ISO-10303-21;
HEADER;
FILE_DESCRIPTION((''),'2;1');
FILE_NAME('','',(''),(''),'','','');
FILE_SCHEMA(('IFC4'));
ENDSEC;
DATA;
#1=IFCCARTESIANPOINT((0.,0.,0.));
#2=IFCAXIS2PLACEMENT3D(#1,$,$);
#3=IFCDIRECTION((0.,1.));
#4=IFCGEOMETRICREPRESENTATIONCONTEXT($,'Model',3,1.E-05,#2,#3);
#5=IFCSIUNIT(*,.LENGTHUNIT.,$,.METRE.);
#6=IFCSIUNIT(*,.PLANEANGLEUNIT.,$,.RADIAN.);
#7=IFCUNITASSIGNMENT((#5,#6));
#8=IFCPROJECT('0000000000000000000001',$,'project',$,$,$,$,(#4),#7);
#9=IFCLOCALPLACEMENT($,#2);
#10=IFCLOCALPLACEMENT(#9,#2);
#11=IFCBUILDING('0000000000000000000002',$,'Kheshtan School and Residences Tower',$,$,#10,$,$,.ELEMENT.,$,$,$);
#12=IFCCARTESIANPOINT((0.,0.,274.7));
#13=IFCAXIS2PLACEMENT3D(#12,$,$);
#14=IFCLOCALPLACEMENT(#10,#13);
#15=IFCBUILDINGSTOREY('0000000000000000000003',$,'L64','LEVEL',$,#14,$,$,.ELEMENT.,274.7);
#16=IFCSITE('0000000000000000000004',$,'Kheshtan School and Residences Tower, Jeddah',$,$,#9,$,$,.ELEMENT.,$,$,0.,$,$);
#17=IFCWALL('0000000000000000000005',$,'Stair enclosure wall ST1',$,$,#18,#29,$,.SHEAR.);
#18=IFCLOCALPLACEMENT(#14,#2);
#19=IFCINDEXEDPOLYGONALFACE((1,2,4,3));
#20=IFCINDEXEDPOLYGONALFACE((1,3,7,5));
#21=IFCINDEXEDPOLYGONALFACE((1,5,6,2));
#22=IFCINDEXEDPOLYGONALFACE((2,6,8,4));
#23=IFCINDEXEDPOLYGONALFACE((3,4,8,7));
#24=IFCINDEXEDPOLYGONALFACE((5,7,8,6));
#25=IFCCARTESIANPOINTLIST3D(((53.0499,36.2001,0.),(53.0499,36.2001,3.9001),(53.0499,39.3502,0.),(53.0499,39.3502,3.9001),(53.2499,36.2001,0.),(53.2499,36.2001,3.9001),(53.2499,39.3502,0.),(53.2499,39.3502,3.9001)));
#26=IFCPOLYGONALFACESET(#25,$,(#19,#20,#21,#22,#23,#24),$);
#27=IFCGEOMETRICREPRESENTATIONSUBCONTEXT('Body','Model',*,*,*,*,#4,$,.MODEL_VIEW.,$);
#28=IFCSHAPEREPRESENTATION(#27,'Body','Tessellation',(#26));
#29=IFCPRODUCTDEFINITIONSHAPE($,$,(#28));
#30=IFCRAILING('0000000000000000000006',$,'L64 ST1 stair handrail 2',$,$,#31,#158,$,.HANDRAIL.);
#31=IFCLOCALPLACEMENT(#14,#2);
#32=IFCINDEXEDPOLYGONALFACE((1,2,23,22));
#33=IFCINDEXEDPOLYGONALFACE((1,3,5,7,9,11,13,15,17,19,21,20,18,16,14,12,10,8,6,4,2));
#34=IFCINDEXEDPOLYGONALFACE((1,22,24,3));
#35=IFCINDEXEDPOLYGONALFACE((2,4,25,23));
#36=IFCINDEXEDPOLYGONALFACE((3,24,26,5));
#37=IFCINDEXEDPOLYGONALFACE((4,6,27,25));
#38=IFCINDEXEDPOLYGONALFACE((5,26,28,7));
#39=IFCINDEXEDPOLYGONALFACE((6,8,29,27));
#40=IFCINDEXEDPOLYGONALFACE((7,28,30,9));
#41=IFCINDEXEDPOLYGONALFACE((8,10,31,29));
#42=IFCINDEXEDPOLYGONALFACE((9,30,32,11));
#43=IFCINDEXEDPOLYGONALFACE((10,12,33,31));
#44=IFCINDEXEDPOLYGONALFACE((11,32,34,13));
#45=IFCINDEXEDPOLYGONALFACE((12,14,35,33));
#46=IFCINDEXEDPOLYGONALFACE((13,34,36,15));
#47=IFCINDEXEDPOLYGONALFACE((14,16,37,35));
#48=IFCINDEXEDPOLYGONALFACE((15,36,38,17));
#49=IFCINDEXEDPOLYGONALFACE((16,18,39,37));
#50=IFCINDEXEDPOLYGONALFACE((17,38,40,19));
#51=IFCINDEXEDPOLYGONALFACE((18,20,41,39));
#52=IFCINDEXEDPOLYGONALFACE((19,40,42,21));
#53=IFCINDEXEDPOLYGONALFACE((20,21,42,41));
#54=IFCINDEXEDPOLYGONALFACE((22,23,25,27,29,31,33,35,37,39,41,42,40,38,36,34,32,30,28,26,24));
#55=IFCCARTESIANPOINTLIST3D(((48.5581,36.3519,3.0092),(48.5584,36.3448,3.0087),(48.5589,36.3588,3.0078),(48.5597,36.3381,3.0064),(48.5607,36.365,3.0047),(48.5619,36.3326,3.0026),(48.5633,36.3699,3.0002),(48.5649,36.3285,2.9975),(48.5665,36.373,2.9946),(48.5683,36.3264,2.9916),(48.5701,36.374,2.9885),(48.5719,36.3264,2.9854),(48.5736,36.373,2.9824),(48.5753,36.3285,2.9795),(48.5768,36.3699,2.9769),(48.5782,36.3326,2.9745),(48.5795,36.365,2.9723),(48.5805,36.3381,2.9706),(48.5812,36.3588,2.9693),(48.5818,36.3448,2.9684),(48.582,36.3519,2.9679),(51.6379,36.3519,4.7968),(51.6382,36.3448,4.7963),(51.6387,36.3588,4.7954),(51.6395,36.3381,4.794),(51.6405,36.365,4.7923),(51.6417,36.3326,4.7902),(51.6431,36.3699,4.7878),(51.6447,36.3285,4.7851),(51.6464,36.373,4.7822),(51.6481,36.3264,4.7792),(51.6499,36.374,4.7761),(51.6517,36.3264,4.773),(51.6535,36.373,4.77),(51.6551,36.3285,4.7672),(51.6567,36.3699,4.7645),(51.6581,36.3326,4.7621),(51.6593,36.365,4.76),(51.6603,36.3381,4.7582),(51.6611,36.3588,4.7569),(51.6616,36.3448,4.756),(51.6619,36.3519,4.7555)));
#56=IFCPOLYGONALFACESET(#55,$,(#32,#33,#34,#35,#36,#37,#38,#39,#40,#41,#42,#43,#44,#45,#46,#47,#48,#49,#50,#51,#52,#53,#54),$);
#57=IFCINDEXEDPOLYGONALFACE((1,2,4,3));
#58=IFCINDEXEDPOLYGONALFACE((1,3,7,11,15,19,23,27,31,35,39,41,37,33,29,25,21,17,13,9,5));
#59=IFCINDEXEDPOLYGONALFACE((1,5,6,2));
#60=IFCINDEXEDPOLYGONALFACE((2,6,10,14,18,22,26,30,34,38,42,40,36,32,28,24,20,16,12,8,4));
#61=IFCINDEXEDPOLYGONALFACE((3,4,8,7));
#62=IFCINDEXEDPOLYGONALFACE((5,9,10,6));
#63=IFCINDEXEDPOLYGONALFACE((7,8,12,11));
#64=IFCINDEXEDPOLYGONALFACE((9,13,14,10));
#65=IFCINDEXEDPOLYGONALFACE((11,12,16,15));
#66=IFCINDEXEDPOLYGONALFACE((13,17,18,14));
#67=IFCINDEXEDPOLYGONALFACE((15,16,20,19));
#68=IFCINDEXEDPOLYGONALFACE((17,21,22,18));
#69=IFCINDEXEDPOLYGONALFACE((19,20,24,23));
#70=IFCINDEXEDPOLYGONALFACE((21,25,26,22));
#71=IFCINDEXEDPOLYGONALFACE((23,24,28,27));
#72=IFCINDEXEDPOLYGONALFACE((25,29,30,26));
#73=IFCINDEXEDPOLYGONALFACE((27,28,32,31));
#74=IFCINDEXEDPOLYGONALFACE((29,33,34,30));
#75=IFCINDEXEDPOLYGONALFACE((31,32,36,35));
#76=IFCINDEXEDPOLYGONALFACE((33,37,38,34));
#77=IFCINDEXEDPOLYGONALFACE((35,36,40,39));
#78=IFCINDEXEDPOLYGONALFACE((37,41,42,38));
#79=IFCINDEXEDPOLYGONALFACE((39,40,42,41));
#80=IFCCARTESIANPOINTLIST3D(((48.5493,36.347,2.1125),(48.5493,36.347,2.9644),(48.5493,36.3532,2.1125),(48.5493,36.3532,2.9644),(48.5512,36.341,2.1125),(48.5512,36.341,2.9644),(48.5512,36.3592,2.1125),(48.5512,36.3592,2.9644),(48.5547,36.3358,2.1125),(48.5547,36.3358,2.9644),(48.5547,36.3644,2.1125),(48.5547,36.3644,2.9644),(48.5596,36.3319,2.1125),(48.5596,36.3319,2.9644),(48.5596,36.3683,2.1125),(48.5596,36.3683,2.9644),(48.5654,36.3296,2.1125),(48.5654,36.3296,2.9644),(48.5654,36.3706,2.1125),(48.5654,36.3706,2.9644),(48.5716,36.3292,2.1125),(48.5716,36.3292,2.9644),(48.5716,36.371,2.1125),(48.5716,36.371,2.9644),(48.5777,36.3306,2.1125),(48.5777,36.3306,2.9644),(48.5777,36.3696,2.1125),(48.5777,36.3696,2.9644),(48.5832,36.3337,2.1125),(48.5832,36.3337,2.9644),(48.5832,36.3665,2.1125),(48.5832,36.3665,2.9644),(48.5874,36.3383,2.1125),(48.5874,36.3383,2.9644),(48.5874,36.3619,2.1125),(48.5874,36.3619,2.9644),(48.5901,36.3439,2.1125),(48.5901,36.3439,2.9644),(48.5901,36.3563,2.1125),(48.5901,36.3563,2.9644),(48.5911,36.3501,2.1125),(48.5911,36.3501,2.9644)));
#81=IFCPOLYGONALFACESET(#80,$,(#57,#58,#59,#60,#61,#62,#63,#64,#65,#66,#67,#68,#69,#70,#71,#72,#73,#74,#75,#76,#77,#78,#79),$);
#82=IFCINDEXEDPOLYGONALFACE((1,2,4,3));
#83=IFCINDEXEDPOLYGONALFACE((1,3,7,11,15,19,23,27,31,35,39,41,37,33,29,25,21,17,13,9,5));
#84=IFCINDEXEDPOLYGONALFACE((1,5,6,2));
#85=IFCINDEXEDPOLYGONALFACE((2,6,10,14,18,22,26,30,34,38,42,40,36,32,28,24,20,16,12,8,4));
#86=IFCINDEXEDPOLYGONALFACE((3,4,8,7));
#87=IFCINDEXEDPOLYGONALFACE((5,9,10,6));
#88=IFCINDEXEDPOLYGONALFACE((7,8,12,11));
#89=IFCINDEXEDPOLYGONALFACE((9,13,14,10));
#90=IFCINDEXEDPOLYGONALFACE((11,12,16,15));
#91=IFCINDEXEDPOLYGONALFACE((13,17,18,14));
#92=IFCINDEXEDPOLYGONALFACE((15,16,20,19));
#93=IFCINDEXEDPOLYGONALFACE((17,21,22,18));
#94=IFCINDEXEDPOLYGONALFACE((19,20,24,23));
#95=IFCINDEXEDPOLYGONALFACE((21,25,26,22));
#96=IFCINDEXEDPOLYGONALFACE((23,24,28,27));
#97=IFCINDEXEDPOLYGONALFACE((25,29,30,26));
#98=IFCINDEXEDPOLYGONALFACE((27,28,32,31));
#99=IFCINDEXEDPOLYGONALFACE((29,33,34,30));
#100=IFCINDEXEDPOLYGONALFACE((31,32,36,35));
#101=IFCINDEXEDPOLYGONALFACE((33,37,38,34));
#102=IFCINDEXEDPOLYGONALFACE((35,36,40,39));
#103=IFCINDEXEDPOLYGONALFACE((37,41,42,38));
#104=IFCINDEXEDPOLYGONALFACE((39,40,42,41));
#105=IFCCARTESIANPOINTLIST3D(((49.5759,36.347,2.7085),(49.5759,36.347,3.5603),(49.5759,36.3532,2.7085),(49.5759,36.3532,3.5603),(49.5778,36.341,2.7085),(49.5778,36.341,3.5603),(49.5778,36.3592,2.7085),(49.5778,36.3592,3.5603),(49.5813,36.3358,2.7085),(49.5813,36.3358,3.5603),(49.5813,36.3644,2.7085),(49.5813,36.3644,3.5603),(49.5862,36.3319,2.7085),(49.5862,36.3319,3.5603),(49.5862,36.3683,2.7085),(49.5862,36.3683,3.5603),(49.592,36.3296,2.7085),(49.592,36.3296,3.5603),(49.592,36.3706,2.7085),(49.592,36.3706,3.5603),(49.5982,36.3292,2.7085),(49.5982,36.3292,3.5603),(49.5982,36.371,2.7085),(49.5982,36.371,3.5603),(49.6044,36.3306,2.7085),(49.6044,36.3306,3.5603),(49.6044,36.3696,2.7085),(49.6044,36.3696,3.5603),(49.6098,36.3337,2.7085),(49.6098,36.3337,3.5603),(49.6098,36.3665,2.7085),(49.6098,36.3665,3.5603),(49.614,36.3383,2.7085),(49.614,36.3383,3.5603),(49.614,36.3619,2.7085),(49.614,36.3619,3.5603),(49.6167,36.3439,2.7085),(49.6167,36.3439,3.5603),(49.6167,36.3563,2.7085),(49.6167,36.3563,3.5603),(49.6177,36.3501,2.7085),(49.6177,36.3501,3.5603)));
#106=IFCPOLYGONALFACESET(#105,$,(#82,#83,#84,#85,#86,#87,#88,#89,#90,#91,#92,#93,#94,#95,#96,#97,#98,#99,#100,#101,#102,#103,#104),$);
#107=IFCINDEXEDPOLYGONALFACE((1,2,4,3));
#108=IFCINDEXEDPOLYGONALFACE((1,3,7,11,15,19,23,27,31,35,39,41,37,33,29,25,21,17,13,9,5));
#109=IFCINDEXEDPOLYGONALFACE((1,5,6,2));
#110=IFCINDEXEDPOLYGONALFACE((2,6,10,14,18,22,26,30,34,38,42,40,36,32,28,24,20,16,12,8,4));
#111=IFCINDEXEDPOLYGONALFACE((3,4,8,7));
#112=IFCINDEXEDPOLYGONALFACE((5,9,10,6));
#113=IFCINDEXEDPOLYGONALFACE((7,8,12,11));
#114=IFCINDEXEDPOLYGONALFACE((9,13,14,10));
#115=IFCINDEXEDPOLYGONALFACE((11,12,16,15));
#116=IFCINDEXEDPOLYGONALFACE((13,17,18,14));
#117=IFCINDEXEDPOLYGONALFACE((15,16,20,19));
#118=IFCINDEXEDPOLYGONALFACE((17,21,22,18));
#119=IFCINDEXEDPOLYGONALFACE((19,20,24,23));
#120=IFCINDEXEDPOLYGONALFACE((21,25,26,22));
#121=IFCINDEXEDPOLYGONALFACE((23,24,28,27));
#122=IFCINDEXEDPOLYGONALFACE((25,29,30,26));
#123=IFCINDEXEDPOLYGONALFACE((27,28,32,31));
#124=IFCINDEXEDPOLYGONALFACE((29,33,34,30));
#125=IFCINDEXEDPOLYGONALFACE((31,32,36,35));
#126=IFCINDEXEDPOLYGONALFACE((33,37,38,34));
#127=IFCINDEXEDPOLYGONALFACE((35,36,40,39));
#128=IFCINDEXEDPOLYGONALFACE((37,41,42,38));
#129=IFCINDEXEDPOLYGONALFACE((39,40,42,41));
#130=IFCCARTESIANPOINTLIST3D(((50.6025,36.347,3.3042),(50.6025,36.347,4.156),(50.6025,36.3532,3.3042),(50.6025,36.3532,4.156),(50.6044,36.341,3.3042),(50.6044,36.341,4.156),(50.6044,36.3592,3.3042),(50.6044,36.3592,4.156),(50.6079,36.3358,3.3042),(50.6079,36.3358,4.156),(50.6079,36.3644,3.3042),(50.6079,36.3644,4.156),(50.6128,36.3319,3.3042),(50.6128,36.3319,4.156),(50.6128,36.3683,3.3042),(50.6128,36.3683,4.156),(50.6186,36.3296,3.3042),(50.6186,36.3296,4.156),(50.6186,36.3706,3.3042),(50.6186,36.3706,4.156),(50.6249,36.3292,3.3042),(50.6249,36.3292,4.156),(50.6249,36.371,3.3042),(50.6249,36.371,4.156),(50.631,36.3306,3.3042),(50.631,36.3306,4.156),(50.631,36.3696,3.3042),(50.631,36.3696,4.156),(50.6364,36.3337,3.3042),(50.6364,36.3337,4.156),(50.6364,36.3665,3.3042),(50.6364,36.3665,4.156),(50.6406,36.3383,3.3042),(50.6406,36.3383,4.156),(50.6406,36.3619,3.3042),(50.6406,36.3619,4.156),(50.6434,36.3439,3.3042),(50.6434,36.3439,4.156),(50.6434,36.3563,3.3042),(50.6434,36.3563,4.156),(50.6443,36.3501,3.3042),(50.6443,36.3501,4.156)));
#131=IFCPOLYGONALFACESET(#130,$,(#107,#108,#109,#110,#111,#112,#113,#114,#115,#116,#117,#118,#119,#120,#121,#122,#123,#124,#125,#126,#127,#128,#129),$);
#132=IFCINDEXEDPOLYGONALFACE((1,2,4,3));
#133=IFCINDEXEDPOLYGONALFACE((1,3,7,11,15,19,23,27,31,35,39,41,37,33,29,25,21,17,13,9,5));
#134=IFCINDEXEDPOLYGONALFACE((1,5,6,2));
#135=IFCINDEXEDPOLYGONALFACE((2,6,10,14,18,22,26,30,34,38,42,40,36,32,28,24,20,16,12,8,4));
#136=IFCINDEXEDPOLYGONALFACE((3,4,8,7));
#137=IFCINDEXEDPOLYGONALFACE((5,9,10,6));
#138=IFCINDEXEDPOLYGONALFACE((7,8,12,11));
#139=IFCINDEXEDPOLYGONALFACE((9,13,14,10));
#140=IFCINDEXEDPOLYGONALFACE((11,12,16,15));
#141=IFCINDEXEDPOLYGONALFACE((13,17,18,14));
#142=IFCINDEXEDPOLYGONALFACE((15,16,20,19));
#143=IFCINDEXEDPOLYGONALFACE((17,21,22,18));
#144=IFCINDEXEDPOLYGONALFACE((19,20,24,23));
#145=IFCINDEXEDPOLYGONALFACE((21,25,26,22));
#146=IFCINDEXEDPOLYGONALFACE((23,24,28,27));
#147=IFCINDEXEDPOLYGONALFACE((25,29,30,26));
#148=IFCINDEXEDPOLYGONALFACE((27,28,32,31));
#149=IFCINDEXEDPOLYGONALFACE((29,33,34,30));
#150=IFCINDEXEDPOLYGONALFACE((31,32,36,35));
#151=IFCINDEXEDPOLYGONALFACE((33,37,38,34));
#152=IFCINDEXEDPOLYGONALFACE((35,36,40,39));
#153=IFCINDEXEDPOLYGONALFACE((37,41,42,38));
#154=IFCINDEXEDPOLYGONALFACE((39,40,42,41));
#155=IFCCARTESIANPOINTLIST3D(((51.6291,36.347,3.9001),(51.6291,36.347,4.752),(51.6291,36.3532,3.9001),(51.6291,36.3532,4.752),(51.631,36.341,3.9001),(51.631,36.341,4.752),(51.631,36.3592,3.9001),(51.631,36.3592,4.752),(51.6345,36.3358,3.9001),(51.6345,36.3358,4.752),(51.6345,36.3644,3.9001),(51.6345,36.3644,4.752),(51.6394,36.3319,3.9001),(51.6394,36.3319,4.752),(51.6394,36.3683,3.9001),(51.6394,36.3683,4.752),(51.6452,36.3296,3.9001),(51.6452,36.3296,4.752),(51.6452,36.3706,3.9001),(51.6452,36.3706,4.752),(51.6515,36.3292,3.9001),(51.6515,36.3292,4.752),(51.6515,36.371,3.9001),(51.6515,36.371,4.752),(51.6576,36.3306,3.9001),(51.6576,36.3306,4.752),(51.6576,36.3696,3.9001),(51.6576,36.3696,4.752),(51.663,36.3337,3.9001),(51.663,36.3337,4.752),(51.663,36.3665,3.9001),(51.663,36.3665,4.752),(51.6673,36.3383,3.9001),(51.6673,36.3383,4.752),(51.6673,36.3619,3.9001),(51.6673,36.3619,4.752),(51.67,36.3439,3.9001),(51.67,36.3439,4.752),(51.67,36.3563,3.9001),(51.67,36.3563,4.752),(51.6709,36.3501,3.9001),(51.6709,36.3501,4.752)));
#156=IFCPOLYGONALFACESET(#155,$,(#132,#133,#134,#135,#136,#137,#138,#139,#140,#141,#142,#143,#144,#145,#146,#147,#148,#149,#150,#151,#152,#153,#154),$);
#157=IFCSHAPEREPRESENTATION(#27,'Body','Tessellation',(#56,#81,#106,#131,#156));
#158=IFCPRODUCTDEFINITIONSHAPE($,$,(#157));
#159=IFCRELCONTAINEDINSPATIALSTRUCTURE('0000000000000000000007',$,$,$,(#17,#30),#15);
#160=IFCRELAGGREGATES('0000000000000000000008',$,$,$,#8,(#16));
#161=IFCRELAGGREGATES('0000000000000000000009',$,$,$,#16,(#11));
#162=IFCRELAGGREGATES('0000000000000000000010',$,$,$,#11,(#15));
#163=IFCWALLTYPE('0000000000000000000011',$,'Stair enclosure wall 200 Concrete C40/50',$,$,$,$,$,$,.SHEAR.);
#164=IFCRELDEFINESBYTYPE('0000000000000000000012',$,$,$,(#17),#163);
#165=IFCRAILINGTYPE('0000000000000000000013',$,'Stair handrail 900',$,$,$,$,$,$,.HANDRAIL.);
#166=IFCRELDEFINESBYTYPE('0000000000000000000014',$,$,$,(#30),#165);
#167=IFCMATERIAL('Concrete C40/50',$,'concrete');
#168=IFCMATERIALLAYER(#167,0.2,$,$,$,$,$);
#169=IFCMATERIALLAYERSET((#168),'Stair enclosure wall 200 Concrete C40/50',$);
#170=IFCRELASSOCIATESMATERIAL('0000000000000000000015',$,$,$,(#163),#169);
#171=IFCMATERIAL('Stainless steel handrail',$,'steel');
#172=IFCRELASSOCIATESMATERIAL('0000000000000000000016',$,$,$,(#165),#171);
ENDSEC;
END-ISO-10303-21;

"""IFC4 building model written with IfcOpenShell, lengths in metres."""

from ifc_helpers import new_model, si_unit, direction, frame, frame_2d, origin, origin_2d, place, context, subcontext, project, spatial, rectangle, circle, extrude, material, layer, layer_set, type_object, element, save


model = new_model("IFC4")

# Units and contexts
model_context = context("Model", 3, precision=1e-05, world=origin(), true_north=direction((0.0, 1.0)))
body_context = subcontext(model_context, "Body", "Model", "MODEL_VIEW")
ifc_project = project(units=[si_unit("LENGTHUNIT", "METRE"), si_unit("PLANEANGLEUNIT", "RADIAN")], contexts=[model_context])

# Site, building, storey
site_placement = place(None, origin())
site = spatial("IfcSite", under=ifc_project, at=site_placement, Name="Kheshtan School and Residences Tower, Jeddah", CompositionType="ELEMENT", RefElevation=0.0)
building_placement = place(site_placement, origin())
building = spatial("IfcBuilding", under=site, at=building_placement, Name="Kheshtan School and Residences Tower", CompositionType="ELEMENT")
storey_placement = place(building_placement, frame((0.0, 0.0, 274.7)))
storey = spatial("IfcBuildingStorey", under=building, at=storey_placement, Name="L64", Description="LEVEL", CompositionType="ELEMENT", Elevation=274.7)

# Wall
ifc_material_1 = material(Name="Concrete C40/50", Category="concrete")
ifc_layer_1 = layer(ifc_material_1, 0.2)
ifc_layer_set_1 = layer_set([ifc_layer_1], Name="Stair enclosure wall 200 Concrete C40/50")
wall_type_1 = type_object("IfcWallType", Name="Stair enclosure wall 200 Concrete C40/50", PredefinedType="SHEAR", material=ifc_layer_set_1)
wall_1_placement = place(storey_placement, frame((53.1499, 36.2, 0.0), z_axis=(0.0, 0.0, 1.0), x_axis=(0.0, 1.0, 0.0)))
element("IfcWall", 1, at=wall_1_placement, inside=storey, type_object=wall_type_1, Name="Stair enclosure wall ST1", PredefinedType="SHEAR", context=body_context, shape_type="SweptSolid", body=[
    extrude(rectangle(XDim=3.1501, YDim=0.2, at=frame_2d((1.5752, 0.0))), origin(), (0.0, 0.0, 1.0), 3.9001),
])

# Railing
ifc_material_2 = material(Name="Stainless steel handrail", Category="steel")
railing_type = type_object("IfcRailingType", Name="Stair handrail 900", PredefinedType="HANDRAIL", material=ifc_material_2)
railing_placement = place(storey_placement, frame((48.5701, 36.3501, 2.1125)))
element("IfcRailing", 2, at=railing_placement, inside=storey, type_object=railing_type, Name="L64 ST1 stair handrail 2", PredefinedType="HANDRAIL", context=body_context, shape_type="SweptSolid", body=[
    extrude(circle(Radius=0.0239, at=origin_2d()), frame((0.0, 0.0, 0.876), z_axis=(0.864873, 0.0, 0.50199), x_axis=(0.0, 1.0, 0.0)), (0.0, 0.0, 1.0), 3.561),
    extrude(circle(Radius=0.021, at=origin_2d()), origin(), (0.0, 0.0, 1.0), 0.8518),
    extrude(circle(Radius=0.021, at=origin_2d()), frame((1.0266, 0.0, 0.5959)), (0.0, 0.0, 1.0), 0.8518),
    extrude(circle(Radius=0.021, at=origin_2d()), frame((2.0532, 0.0, 1.1917)), (0.0, 0.0, 1.0), 0.8518),
    extrude(circle(Radius=0.021, at=origin_2d()), frame((3.0798, 0.0, 1.7876)), (0.0, 0.0, 1.0), 0.8518),
])

save(model, "model.ifc")
